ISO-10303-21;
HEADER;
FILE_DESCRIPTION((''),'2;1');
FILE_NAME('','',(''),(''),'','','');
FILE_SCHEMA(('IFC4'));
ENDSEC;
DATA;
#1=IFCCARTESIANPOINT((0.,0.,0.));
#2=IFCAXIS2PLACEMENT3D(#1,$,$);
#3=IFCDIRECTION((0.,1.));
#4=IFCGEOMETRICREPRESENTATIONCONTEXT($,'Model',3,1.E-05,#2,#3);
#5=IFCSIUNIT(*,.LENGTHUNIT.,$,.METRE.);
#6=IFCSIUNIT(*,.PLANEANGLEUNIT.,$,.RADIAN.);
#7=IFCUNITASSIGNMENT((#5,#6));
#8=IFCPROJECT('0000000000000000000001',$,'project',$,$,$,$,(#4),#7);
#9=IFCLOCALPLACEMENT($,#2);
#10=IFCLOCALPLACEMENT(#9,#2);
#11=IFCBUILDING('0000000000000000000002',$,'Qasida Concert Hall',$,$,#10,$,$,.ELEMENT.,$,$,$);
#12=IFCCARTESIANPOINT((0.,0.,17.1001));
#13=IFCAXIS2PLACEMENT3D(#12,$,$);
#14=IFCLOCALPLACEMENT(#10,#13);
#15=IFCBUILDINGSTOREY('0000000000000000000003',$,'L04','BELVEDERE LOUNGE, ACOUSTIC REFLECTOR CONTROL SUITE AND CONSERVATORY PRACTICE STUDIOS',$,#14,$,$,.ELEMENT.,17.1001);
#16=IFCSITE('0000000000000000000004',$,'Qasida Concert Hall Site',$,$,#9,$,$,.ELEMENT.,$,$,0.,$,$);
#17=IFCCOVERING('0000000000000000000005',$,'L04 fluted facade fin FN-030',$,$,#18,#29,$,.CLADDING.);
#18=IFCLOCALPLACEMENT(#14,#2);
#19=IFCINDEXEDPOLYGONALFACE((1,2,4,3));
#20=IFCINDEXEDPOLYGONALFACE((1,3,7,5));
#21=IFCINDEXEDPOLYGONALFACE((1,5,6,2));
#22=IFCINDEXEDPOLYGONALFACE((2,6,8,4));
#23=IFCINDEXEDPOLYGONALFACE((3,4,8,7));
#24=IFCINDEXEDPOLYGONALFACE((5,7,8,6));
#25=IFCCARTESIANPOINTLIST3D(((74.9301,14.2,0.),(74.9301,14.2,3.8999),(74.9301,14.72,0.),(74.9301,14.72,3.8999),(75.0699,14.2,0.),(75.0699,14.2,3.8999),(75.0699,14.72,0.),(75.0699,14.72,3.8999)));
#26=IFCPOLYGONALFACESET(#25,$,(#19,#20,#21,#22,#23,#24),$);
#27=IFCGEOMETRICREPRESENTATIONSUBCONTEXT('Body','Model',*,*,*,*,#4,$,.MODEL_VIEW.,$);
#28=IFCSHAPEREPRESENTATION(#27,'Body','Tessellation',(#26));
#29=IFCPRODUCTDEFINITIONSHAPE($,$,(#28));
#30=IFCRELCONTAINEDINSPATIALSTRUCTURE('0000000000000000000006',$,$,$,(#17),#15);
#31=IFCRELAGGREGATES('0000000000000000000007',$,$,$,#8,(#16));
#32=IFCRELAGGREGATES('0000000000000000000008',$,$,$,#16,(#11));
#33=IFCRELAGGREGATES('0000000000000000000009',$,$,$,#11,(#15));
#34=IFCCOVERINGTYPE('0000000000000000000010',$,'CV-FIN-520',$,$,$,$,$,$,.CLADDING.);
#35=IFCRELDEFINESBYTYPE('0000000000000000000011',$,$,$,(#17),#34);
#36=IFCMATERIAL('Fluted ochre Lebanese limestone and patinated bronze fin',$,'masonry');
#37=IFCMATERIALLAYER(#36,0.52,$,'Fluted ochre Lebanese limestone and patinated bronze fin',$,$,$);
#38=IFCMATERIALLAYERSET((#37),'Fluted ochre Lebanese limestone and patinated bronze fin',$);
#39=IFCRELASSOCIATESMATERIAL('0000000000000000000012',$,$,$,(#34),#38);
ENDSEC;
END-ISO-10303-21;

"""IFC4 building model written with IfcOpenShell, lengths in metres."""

from ifc_helpers import new_model, si_unit, direction, frame, origin, origin_2d, place, context, subcontext, project, spatial, rectangle, extrude, material, layer, layer_set, type_object, element, save


model = new_model("IFC4")

# Units and contexts
model_context = context("Model", 3, precision=1e-05, world=origin(), true_north=direction((0.0, 1.0)))
body_context = subcontext(model_context, "Body", "Model", "MODEL_VIEW")
ifc_project = project(units=[si_unit("LENGTHUNIT", "METRE"), si_unit("PLANEANGLEUNIT", "RADIAN")], contexts=[model_context])

# Site, building, storey
site_placement = place(None, origin())
site = spatial("IfcSite", under=ifc_project, at=site_placement, Name="Qasida Concert Hall Site", CompositionType="ELEMENT", RefElevation=0.0)
building_placement = place(site_placement, origin())
building = spatial("IfcBuilding", under=site, at=building_placement, Name="Qasida Concert Hall", CompositionType="ELEMENT")
storey_placement = place(building_placement, frame((0.0, 0.0, 17.1001)))
storey = spatial("IfcBuildingStorey", under=building, at=storey_placement, Name="L04", Description="BELVEDERE LOUNGE, ACOUSTIC REFLECTOR CONTROL SUITE AND CONSERVATORY PRACTICE STUDIOS", CompositionType="ELEMENT", Elevation=17.1001)

# Covering
ifc_material_1 = material(Name="Fluted ochre Lebanese limestone and patinated bronze fin", Category="masonry")
ifc_layer_1 = layer(ifc_material_1, 0.52, Name="Fluted ochre Lebanese limestone and patinated bronze fin")
ifc_layer_set_1 = layer_set([ifc_layer_1], Name="Fluted ochre Lebanese limestone and patinated bronze fin")
covering_type = type_object("IfcCoveringType", Name="CV-FIN-520", PredefinedType="CLADDING", material=ifc_layer_set_1)
for number, where, z_axis, x_axis, name in (
    (1, (75.0, 14.46, 0.0), (0.0, 0.0, 1.0), (1.0, 0.0, 0.0), "L04 fluted facade fin FN-030"),
):
    element("IfcCovering", number, at=place(storey_placement, frame(where, z_axis=z_axis, x_axis=x_axis)), inside=storey, type_object=covering_type, Name=name, PredefinedType="CLADDING", context=body_context, shape_type="SweptSolid", body=[
        extrude(rectangle(XDim=0.1399, YDim=0.52, at=origin_2d()), origin(), (0.0, 0.0, 1.0), 3.8999),
    ])

save(model, "model.ifc")
